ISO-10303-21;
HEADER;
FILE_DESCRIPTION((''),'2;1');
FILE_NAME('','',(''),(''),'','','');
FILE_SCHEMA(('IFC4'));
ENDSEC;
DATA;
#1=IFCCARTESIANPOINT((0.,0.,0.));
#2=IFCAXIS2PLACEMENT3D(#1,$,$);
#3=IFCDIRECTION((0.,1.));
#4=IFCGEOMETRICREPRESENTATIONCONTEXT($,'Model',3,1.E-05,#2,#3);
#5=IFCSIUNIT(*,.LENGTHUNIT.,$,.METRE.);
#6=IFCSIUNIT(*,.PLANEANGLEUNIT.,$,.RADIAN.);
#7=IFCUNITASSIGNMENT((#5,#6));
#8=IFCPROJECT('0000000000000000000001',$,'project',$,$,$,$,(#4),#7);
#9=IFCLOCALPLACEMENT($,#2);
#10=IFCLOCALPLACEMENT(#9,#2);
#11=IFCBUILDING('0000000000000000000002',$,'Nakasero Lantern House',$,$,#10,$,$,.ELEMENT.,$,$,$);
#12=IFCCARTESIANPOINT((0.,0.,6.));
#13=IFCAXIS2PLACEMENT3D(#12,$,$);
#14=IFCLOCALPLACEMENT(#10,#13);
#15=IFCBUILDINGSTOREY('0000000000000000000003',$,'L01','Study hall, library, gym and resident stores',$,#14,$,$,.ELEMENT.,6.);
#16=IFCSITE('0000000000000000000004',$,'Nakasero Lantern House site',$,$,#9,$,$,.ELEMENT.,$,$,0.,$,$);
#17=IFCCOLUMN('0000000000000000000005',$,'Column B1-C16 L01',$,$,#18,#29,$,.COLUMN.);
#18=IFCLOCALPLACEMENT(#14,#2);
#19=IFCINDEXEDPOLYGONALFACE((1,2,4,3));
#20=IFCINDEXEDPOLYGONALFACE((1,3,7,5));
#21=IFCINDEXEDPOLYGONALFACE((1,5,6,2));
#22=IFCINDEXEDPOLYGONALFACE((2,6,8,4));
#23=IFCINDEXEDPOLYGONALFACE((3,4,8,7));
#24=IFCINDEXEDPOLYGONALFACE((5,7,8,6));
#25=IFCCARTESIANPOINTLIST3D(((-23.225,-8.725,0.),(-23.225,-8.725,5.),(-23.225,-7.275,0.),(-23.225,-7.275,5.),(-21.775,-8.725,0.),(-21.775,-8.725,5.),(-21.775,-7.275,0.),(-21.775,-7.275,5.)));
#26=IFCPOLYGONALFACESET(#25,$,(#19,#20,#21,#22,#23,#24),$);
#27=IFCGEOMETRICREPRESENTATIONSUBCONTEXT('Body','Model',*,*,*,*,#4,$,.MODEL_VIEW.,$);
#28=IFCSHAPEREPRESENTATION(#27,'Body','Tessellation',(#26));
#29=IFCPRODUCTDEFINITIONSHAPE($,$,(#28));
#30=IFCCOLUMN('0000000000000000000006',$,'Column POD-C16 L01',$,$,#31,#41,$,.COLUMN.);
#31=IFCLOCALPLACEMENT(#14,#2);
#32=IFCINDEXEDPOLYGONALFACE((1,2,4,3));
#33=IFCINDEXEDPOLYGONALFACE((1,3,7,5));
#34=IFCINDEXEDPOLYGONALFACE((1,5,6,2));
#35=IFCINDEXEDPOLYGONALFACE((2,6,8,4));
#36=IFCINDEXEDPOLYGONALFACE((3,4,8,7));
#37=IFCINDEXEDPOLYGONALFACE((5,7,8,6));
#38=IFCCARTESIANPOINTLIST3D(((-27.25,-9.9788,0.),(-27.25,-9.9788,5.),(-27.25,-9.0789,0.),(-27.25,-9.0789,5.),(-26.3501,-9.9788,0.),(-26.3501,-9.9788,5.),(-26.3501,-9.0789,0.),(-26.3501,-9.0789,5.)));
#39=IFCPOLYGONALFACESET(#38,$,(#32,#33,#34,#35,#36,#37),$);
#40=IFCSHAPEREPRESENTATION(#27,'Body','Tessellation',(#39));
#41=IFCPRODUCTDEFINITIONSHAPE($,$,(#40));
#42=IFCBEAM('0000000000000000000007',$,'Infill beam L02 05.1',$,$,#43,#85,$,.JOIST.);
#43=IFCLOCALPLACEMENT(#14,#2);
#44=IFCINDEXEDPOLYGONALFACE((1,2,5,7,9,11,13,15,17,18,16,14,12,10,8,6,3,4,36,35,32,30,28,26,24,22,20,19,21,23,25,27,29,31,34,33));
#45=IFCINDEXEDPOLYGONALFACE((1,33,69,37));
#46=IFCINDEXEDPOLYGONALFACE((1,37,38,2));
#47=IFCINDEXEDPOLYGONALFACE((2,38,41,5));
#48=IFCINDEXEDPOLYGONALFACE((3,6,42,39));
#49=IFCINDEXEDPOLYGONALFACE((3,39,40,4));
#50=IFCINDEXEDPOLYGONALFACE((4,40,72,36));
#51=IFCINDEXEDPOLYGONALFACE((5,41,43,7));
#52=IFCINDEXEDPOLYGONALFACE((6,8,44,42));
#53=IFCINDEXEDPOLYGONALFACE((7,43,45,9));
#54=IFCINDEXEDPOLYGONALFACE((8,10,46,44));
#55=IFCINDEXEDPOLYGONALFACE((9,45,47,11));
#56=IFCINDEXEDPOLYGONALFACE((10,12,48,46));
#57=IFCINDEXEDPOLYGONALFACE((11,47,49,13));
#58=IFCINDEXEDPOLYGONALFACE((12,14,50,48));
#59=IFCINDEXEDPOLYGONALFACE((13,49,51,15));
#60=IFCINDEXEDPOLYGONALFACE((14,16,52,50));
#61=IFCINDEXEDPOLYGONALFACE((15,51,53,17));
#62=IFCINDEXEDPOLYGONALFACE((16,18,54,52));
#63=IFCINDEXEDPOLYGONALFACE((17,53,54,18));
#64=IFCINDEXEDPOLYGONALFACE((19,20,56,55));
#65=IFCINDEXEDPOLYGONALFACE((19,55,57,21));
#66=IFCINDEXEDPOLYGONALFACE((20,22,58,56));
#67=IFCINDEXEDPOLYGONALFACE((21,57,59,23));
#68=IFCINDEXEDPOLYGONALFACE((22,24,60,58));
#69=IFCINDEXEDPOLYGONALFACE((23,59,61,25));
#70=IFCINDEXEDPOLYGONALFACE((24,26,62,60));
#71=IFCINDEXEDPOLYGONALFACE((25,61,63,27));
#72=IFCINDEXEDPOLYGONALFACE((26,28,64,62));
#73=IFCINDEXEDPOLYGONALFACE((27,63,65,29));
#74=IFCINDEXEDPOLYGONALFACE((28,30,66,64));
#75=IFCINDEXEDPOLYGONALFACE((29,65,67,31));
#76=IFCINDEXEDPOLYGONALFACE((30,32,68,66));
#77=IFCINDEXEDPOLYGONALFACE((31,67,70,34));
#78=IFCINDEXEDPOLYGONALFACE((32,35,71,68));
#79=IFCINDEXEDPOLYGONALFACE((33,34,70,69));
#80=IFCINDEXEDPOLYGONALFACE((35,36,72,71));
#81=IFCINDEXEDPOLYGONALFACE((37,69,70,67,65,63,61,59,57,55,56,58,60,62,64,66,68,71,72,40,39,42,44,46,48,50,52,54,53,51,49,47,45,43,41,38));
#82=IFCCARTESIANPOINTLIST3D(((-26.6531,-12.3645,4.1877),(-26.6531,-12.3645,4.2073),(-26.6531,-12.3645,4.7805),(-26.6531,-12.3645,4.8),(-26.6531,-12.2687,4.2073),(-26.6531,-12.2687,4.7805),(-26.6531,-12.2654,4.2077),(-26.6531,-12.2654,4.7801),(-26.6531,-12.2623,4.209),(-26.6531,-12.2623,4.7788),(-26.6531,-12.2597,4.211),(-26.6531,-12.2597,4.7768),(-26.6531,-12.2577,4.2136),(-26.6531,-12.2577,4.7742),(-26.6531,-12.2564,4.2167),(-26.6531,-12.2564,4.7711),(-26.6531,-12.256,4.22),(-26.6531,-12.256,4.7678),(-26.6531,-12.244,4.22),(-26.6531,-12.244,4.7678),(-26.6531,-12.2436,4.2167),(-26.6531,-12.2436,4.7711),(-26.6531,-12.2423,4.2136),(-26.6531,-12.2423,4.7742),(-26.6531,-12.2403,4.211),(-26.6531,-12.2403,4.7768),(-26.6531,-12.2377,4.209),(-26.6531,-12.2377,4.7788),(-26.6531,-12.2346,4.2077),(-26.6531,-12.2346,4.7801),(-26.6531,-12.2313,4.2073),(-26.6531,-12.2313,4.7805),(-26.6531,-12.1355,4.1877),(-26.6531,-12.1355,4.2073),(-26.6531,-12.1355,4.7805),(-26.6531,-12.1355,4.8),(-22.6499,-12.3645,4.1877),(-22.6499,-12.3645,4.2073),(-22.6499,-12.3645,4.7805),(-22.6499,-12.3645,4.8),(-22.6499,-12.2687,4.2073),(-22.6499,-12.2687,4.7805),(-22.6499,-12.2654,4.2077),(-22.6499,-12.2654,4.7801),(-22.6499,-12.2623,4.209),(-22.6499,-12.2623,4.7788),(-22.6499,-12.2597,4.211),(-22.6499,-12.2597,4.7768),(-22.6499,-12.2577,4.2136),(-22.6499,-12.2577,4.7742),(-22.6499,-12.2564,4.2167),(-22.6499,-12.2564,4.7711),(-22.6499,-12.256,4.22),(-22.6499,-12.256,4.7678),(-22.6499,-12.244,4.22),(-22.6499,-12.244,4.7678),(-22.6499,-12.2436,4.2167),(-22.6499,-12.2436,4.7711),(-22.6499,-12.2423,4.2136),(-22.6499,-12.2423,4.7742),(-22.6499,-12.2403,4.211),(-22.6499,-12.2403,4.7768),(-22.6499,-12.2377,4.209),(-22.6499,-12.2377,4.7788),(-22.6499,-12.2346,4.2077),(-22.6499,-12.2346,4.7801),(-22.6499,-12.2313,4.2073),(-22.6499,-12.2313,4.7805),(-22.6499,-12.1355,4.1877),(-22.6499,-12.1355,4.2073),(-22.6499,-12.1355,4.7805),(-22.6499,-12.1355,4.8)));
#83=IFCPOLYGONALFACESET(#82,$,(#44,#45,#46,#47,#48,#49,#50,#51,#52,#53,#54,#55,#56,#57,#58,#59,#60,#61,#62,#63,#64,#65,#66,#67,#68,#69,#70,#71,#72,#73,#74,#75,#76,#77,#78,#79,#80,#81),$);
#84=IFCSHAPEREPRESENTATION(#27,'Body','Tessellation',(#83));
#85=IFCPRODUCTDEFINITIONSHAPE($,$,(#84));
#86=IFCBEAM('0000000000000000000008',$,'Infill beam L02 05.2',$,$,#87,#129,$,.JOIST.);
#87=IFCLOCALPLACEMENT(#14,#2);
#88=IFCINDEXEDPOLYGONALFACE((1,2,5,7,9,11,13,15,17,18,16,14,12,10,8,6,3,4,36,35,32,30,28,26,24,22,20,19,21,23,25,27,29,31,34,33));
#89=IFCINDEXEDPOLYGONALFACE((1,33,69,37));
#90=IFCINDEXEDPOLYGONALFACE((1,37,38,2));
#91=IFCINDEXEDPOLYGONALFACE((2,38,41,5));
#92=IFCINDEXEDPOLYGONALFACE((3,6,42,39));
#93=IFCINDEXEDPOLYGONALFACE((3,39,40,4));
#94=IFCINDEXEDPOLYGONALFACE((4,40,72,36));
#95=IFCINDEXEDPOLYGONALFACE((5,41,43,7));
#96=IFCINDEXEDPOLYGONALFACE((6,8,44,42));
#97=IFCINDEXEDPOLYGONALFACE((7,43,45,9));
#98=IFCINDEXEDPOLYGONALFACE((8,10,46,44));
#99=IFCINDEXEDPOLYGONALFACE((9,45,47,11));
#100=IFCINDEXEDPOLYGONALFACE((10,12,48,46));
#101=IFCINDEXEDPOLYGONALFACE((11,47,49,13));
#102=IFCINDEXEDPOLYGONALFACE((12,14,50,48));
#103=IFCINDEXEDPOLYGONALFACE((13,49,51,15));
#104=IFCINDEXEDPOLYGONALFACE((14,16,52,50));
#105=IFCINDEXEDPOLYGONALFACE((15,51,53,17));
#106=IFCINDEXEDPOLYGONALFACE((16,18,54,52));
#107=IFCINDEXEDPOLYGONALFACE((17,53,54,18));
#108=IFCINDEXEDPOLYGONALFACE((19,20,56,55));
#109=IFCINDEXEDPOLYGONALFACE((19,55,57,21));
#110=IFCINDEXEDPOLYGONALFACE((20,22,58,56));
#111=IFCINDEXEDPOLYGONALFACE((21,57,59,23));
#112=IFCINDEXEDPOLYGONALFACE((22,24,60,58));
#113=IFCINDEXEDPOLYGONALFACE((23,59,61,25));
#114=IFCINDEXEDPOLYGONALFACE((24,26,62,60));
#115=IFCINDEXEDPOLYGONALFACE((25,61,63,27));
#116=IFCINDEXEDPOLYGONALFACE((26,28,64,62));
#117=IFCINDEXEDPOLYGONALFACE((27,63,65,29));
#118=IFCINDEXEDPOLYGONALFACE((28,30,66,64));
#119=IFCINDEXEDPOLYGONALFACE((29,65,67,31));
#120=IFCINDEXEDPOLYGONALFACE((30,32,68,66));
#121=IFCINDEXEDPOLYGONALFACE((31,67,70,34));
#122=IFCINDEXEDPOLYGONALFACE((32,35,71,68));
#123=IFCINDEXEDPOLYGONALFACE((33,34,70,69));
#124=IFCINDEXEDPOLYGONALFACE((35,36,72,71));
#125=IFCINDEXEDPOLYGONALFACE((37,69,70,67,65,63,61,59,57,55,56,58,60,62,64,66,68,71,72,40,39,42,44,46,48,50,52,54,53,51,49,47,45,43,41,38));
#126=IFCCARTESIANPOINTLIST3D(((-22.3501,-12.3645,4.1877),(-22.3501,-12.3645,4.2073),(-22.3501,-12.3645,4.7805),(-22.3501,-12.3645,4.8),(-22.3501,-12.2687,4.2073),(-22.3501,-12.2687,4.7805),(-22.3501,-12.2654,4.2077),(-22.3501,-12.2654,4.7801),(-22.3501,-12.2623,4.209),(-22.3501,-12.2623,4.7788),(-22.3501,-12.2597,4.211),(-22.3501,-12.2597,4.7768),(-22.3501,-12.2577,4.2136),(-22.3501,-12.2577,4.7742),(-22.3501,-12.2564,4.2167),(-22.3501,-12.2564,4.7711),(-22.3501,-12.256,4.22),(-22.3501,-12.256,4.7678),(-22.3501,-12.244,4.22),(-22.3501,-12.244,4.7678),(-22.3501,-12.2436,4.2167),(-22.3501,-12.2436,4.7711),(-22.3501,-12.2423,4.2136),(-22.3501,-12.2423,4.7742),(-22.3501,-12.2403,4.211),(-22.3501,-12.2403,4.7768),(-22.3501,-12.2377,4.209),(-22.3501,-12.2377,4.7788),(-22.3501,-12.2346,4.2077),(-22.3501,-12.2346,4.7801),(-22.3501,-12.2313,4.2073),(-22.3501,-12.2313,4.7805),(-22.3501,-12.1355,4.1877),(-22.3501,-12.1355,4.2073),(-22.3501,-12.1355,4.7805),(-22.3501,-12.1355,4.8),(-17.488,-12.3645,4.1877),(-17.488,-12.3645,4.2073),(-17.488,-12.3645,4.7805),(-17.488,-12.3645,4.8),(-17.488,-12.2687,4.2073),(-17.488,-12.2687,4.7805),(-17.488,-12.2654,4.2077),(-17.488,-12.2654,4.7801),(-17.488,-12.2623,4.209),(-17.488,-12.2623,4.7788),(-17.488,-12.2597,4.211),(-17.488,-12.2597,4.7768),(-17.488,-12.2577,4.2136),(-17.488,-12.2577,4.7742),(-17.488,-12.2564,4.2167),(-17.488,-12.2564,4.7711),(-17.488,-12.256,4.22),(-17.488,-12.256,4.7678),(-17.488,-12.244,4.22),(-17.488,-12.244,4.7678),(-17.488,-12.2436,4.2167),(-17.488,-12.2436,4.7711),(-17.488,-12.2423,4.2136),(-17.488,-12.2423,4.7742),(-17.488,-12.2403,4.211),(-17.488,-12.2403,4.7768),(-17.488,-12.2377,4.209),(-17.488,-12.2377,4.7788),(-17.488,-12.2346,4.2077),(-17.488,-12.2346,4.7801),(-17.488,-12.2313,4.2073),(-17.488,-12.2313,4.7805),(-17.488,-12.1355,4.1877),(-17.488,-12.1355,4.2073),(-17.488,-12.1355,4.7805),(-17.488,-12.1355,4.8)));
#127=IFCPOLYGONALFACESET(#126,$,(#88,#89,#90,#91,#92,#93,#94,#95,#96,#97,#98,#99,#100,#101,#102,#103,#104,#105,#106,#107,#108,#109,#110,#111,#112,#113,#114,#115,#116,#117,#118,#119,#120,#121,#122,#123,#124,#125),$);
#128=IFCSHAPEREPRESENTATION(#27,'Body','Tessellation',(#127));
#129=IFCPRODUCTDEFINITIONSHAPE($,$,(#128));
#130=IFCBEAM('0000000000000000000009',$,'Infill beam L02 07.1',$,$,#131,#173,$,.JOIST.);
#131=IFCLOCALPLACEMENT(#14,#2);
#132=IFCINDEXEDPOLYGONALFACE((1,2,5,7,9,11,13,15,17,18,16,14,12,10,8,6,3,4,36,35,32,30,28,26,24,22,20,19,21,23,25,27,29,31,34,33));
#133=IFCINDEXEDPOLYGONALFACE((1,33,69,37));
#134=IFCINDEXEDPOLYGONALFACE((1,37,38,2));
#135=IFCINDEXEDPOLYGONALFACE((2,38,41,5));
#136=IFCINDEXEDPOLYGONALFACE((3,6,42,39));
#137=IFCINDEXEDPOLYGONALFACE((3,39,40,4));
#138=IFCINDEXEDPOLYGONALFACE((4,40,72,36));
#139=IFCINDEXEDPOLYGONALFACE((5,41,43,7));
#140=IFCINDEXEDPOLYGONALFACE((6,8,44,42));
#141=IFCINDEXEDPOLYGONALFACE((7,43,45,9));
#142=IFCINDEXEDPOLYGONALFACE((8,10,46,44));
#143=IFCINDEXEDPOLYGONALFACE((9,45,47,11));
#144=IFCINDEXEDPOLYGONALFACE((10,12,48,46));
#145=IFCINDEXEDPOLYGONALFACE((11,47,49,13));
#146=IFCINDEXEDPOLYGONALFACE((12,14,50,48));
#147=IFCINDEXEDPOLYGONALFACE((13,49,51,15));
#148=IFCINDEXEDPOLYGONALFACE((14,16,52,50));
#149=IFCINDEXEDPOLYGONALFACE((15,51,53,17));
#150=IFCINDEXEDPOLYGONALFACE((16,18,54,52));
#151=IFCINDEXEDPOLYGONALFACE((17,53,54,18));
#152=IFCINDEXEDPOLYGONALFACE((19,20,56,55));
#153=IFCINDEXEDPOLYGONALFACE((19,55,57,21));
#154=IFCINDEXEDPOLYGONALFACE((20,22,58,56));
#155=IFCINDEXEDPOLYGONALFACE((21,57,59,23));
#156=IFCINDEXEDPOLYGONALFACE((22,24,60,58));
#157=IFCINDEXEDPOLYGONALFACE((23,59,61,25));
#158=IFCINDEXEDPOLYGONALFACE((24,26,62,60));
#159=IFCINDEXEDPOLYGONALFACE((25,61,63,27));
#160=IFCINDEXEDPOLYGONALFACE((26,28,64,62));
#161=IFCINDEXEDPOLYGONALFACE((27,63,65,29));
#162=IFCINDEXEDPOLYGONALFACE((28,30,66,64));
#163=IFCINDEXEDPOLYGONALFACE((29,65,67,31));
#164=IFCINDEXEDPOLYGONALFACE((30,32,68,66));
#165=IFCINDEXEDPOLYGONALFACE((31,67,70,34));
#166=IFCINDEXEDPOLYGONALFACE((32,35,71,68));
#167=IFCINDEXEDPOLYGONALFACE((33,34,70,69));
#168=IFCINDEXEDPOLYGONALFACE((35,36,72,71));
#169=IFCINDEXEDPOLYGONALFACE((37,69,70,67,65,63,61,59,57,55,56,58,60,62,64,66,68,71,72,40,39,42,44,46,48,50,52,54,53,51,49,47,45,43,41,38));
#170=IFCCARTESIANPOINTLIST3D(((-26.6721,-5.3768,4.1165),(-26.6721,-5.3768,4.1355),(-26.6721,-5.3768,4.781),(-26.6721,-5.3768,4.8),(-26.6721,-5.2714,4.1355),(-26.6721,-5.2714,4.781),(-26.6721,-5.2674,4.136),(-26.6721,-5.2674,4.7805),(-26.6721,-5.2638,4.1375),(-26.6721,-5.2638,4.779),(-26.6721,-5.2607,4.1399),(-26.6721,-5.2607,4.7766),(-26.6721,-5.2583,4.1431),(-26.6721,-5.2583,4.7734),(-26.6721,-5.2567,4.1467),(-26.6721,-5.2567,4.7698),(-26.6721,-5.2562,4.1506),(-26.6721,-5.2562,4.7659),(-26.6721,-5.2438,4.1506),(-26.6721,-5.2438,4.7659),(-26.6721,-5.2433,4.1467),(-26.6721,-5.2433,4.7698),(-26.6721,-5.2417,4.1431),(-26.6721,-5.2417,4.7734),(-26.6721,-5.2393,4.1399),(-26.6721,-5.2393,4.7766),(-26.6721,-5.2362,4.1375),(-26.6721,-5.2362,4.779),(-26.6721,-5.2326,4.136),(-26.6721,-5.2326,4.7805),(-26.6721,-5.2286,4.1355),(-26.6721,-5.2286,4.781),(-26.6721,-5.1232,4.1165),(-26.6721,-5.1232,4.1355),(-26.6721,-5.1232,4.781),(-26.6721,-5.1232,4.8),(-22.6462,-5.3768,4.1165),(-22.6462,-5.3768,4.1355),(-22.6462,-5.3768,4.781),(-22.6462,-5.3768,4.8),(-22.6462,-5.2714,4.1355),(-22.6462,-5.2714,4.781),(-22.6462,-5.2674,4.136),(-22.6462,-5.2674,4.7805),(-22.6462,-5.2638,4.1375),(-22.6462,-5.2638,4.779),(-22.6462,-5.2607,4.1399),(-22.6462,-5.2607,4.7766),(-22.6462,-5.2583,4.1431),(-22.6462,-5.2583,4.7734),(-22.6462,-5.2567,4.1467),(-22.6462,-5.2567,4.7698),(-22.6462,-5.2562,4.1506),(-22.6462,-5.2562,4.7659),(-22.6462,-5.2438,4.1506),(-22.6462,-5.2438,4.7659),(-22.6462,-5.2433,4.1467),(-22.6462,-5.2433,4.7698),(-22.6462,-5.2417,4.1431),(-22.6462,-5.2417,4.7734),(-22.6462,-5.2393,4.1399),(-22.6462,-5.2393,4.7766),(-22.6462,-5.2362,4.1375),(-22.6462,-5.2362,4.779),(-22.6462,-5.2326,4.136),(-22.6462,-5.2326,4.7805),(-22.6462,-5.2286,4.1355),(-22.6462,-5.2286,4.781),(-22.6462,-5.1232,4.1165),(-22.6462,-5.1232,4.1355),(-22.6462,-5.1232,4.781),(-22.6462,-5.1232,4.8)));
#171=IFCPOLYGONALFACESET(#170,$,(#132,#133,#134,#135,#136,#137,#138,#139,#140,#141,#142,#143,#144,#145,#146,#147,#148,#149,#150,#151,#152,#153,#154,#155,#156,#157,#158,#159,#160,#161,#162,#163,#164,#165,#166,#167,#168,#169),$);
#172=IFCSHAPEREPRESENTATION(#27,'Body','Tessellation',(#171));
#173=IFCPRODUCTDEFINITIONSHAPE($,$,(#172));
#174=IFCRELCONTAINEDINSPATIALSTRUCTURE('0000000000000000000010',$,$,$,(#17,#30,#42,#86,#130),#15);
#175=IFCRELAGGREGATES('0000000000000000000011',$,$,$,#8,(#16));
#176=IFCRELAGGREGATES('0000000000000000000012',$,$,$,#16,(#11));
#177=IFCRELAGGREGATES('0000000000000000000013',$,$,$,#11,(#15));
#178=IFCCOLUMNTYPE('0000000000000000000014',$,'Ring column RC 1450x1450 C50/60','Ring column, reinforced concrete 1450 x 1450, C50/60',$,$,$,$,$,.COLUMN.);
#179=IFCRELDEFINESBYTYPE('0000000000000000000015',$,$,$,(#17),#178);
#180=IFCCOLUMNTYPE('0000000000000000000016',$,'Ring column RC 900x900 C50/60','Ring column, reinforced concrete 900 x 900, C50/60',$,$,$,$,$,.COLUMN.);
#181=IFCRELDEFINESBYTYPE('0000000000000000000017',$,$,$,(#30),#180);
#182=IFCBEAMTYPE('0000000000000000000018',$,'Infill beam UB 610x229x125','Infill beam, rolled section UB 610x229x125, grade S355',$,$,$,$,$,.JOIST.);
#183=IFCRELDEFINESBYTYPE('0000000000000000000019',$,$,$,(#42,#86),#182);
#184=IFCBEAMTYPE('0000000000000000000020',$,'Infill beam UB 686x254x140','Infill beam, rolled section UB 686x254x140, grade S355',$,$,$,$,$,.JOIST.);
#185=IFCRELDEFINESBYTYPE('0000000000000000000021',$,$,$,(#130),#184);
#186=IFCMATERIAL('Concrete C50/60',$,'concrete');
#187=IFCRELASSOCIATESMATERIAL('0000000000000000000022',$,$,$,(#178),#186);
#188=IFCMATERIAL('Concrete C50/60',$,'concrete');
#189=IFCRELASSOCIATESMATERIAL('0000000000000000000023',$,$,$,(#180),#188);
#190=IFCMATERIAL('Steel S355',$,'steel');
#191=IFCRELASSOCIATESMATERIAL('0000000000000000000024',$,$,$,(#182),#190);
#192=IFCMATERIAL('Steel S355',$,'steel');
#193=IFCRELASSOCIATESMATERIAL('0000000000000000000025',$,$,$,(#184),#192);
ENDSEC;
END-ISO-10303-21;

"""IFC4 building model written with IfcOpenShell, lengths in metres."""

from ifc_helpers import new_model, si_unit, direction, frame, origin, origin_2d, place, context, subcontext, project, spatial, rectangle, i_section, extrude, material, material_profile, profile_set, type_object, element, save


model = new_model("IFC4")

# Units and contexts
model_context = context("Model", 3, precision=1e-05, world=origin(), true_north=direction((0.0, 1.0)))
body_context = subcontext(model_context, "Body", "Model", "MODEL_VIEW")
ifc_project = project(units=[si_unit("LENGTHUNIT", "METRE"), si_unit("PLANEANGLEUNIT", "RADIAN")], contexts=[model_context])

# Site, building, storey
site_placement = place(None, origin())
site = spatial("IfcSite", under=ifc_project, at=site_placement, Name="Nakasero Lantern House site", CompositionType="ELEMENT", RefElevation=0.0)
building_placement = place(site_placement, origin())
building = spatial("IfcBuilding", under=site, at=building_placement, Name="Nakasero Lantern House", CompositionType="ELEMENT")
storey_placement = place(building_placement, frame((0.0, 0.0, 6.0)))
storey = spatial("IfcBuildingStorey", under=building, at=storey_placement, Name="L01", Description="Study hall, library, gym and resident stores", CompositionType="ELEMENT", Elevation=6.0)

# Columns
ifc_material_1 = material(Name="Concrete C50/60", Category="concrete")
ifc_material_profile_1 = material_profile(ifc_material_1, rectangle(XDim=1.45, YDim=1.45, at=origin_2d()), Name="RC 1450x1450")
ifc_profile_set_1 = profile_set([ifc_material_profile_1], Name="Concrete C50/60")
column_type_1 = type_object("IfcColumnType", Name="Ring column RC 1450x1450 C50/60", Description="Ring column, reinforced concrete 1450 x 1450, C50/60", PredefinedType="COLUMN", material=ifc_profile_set_1)
column_1_placement = place(storey_placement, frame((-22.5, -8.0, 0.0), z_axis=(0.0, 0.0, 1.0), x_axis=(1.0, 0.0, 0.0)))
element("IfcColumn", 1, at=column_1_placement, inside=storey, type_object=column_type_1, Name="Column B1-C16 L01", PredefinedType="COLUMN", context=body_context, shape_type="SweptSolid", body=[
    extrude(rectangle(XDim=1.45, YDim=1.45, at=origin_2d()), origin(), (0.0, 0.0, 1.0), 5.0),
])
ifc_material_2 = material(Name="Concrete C50/60", Category="concrete")
ifc_material_profile_2 = material_profile(ifc_material_2, rectangle(XDim=0.8999, YDim=0.8999, at=origin_2d()), Name="RC 900x900")
ifc_profile_set_2 = profile_set([ifc_material_profile_2], Name="Concrete C50/60")
column_type_2 = type_object("IfcColumnType", Name="Ring column RC 900x900 C50/60", Description="Ring column, reinforced concrete 900 x 900, C50/60", PredefinedType="COLUMN", material=ifc_profile_set_2)
column_2_placement = place(storey_placement, frame((-26.8, -9.5288, 0.0), z_axis=(0.0, 0.0, 1.0), x_axis=(1.0, 0.0, 0.0)))
element("IfcColumn", 2, at=column_2_placement, inside=storey, type_object=column_type_2, Name="Column POD-C16 L01", PredefinedType="COLUMN", context=body_context, shape_type="SweptSolid", body=[
    extrude(rectangle(XDim=0.8999, YDim=0.8999, at=origin_2d()), origin(), (0.0, 0.0, 1.0), 5.0),
])

# Beams
ifc_material_3 = material(Name="Steel S355", Category="steel")
ifc_material_profile_3 = material_profile(ifc_material_3, i_section(OverallWidth=0.229, OverallDepth=0.6123, WebThickness=0.012, FlangeThickness=0.0195, FilletRadius=0.0127, at=origin_2d()), Name="UB 610x229x125")
ifc_profile_set_3 = profile_set([ifc_material_profile_3], Name="Steel S355")
beam_type_1 = type_object("IfcBeamType", Name="Infill beam UB 610x229x125", Description="Infill beam, rolled section UB 610x229x125, grade S355", PredefinedType="JOIST", material=ifc_profile_set_3)
beam_1_placement = place(storey_placement, frame((-26.6531, -12.25, 4.4939), z_axis=(1.0, 0.0, 0.0), x_axis=(0.0, 1.0, 0.0)))
element("IfcBeam", 3, at=beam_1_placement, inside=storey, type_object=beam_type_1, Name="Infill beam L02 05.1", PredefinedType="JOIST", context=body_context, shape_type="SweptSolid", body=[
    extrude(i_section(OverallWidth=0.229, OverallDepth=0.6123, WebThickness=0.012, FlangeThickness=0.0195, FilletRadius=0.0127, at=origin_2d()), origin(), (0.0, 0.0, 1.0), 4.0032),
])
beam_2_placement = place(storey_placement, frame((-22.3501, -12.25, 4.4939), z_axis=(1.0, 0.0, 0.0), x_axis=(0.0, 1.0, 0.0)))
element("IfcBeam", 4, at=beam_2_placement, inside=storey, type_object=beam_type_1, Name="Infill beam L02 05.2", PredefinedType="JOIST", context=body_context, shape_type="SweptSolid", body=[
    extrude(i_section(OverallWidth=0.229, OverallDepth=0.6123, WebThickness=0.012, FlangeThickness=0.0195, FilletRadius=0.0127, at=origin_2d()), origin(), (0.0, 0.0, 1.0), 4.8621),
])
ifc_material_4 = material(Name="Steel S355", Category="steel")
ifc_material_profile_4 = material_profile(ifc_material_4, i_section(OverallWidth=0.2537, OverallDepth=0.6836, WebThickness=0.0125, FlangeThickness=0.019, FilletRadius=0.0151, at=origin_2d()), Name="UB 686x254x140")
ifc_profile_set_4 = profile_set([ifc_material_profile_4], Name="Steel S355")
beam_type_2 = type_object("IfcBeamType", Name="Infill beam UB 686x254x140", Description="Infill beam, rolled section UB 686x254x140, grade S355", PredefinedType="JOIST", material=ifc_profile_set_4)
beam_3_placement = place(storey_placement, frame((-26.6721, -5.25, 4.4583), z_axis=(1.0, 0.0, 0.0), x_axis=(0.0, 1.0, 0.0)))
element("IfcBeam", 5, at=beam_3_placement, inside=storey, type_object=beam_type_2, Name="Infill beam L02 07.1", PredefinedType="JOIST", context=body_context, shape_type="SweptSolid", body=[
    extrude(i_section(OverallWidth=0.2537, OverallDepth=0.6836, WebThickness=0.0125, FlangeThickness=0.019, FilletRadius=0.0151, at=origin_2d()), origin(), (0.0, 0.0, 1.0), 4.0259),
])

save(model, "model.ifc")
